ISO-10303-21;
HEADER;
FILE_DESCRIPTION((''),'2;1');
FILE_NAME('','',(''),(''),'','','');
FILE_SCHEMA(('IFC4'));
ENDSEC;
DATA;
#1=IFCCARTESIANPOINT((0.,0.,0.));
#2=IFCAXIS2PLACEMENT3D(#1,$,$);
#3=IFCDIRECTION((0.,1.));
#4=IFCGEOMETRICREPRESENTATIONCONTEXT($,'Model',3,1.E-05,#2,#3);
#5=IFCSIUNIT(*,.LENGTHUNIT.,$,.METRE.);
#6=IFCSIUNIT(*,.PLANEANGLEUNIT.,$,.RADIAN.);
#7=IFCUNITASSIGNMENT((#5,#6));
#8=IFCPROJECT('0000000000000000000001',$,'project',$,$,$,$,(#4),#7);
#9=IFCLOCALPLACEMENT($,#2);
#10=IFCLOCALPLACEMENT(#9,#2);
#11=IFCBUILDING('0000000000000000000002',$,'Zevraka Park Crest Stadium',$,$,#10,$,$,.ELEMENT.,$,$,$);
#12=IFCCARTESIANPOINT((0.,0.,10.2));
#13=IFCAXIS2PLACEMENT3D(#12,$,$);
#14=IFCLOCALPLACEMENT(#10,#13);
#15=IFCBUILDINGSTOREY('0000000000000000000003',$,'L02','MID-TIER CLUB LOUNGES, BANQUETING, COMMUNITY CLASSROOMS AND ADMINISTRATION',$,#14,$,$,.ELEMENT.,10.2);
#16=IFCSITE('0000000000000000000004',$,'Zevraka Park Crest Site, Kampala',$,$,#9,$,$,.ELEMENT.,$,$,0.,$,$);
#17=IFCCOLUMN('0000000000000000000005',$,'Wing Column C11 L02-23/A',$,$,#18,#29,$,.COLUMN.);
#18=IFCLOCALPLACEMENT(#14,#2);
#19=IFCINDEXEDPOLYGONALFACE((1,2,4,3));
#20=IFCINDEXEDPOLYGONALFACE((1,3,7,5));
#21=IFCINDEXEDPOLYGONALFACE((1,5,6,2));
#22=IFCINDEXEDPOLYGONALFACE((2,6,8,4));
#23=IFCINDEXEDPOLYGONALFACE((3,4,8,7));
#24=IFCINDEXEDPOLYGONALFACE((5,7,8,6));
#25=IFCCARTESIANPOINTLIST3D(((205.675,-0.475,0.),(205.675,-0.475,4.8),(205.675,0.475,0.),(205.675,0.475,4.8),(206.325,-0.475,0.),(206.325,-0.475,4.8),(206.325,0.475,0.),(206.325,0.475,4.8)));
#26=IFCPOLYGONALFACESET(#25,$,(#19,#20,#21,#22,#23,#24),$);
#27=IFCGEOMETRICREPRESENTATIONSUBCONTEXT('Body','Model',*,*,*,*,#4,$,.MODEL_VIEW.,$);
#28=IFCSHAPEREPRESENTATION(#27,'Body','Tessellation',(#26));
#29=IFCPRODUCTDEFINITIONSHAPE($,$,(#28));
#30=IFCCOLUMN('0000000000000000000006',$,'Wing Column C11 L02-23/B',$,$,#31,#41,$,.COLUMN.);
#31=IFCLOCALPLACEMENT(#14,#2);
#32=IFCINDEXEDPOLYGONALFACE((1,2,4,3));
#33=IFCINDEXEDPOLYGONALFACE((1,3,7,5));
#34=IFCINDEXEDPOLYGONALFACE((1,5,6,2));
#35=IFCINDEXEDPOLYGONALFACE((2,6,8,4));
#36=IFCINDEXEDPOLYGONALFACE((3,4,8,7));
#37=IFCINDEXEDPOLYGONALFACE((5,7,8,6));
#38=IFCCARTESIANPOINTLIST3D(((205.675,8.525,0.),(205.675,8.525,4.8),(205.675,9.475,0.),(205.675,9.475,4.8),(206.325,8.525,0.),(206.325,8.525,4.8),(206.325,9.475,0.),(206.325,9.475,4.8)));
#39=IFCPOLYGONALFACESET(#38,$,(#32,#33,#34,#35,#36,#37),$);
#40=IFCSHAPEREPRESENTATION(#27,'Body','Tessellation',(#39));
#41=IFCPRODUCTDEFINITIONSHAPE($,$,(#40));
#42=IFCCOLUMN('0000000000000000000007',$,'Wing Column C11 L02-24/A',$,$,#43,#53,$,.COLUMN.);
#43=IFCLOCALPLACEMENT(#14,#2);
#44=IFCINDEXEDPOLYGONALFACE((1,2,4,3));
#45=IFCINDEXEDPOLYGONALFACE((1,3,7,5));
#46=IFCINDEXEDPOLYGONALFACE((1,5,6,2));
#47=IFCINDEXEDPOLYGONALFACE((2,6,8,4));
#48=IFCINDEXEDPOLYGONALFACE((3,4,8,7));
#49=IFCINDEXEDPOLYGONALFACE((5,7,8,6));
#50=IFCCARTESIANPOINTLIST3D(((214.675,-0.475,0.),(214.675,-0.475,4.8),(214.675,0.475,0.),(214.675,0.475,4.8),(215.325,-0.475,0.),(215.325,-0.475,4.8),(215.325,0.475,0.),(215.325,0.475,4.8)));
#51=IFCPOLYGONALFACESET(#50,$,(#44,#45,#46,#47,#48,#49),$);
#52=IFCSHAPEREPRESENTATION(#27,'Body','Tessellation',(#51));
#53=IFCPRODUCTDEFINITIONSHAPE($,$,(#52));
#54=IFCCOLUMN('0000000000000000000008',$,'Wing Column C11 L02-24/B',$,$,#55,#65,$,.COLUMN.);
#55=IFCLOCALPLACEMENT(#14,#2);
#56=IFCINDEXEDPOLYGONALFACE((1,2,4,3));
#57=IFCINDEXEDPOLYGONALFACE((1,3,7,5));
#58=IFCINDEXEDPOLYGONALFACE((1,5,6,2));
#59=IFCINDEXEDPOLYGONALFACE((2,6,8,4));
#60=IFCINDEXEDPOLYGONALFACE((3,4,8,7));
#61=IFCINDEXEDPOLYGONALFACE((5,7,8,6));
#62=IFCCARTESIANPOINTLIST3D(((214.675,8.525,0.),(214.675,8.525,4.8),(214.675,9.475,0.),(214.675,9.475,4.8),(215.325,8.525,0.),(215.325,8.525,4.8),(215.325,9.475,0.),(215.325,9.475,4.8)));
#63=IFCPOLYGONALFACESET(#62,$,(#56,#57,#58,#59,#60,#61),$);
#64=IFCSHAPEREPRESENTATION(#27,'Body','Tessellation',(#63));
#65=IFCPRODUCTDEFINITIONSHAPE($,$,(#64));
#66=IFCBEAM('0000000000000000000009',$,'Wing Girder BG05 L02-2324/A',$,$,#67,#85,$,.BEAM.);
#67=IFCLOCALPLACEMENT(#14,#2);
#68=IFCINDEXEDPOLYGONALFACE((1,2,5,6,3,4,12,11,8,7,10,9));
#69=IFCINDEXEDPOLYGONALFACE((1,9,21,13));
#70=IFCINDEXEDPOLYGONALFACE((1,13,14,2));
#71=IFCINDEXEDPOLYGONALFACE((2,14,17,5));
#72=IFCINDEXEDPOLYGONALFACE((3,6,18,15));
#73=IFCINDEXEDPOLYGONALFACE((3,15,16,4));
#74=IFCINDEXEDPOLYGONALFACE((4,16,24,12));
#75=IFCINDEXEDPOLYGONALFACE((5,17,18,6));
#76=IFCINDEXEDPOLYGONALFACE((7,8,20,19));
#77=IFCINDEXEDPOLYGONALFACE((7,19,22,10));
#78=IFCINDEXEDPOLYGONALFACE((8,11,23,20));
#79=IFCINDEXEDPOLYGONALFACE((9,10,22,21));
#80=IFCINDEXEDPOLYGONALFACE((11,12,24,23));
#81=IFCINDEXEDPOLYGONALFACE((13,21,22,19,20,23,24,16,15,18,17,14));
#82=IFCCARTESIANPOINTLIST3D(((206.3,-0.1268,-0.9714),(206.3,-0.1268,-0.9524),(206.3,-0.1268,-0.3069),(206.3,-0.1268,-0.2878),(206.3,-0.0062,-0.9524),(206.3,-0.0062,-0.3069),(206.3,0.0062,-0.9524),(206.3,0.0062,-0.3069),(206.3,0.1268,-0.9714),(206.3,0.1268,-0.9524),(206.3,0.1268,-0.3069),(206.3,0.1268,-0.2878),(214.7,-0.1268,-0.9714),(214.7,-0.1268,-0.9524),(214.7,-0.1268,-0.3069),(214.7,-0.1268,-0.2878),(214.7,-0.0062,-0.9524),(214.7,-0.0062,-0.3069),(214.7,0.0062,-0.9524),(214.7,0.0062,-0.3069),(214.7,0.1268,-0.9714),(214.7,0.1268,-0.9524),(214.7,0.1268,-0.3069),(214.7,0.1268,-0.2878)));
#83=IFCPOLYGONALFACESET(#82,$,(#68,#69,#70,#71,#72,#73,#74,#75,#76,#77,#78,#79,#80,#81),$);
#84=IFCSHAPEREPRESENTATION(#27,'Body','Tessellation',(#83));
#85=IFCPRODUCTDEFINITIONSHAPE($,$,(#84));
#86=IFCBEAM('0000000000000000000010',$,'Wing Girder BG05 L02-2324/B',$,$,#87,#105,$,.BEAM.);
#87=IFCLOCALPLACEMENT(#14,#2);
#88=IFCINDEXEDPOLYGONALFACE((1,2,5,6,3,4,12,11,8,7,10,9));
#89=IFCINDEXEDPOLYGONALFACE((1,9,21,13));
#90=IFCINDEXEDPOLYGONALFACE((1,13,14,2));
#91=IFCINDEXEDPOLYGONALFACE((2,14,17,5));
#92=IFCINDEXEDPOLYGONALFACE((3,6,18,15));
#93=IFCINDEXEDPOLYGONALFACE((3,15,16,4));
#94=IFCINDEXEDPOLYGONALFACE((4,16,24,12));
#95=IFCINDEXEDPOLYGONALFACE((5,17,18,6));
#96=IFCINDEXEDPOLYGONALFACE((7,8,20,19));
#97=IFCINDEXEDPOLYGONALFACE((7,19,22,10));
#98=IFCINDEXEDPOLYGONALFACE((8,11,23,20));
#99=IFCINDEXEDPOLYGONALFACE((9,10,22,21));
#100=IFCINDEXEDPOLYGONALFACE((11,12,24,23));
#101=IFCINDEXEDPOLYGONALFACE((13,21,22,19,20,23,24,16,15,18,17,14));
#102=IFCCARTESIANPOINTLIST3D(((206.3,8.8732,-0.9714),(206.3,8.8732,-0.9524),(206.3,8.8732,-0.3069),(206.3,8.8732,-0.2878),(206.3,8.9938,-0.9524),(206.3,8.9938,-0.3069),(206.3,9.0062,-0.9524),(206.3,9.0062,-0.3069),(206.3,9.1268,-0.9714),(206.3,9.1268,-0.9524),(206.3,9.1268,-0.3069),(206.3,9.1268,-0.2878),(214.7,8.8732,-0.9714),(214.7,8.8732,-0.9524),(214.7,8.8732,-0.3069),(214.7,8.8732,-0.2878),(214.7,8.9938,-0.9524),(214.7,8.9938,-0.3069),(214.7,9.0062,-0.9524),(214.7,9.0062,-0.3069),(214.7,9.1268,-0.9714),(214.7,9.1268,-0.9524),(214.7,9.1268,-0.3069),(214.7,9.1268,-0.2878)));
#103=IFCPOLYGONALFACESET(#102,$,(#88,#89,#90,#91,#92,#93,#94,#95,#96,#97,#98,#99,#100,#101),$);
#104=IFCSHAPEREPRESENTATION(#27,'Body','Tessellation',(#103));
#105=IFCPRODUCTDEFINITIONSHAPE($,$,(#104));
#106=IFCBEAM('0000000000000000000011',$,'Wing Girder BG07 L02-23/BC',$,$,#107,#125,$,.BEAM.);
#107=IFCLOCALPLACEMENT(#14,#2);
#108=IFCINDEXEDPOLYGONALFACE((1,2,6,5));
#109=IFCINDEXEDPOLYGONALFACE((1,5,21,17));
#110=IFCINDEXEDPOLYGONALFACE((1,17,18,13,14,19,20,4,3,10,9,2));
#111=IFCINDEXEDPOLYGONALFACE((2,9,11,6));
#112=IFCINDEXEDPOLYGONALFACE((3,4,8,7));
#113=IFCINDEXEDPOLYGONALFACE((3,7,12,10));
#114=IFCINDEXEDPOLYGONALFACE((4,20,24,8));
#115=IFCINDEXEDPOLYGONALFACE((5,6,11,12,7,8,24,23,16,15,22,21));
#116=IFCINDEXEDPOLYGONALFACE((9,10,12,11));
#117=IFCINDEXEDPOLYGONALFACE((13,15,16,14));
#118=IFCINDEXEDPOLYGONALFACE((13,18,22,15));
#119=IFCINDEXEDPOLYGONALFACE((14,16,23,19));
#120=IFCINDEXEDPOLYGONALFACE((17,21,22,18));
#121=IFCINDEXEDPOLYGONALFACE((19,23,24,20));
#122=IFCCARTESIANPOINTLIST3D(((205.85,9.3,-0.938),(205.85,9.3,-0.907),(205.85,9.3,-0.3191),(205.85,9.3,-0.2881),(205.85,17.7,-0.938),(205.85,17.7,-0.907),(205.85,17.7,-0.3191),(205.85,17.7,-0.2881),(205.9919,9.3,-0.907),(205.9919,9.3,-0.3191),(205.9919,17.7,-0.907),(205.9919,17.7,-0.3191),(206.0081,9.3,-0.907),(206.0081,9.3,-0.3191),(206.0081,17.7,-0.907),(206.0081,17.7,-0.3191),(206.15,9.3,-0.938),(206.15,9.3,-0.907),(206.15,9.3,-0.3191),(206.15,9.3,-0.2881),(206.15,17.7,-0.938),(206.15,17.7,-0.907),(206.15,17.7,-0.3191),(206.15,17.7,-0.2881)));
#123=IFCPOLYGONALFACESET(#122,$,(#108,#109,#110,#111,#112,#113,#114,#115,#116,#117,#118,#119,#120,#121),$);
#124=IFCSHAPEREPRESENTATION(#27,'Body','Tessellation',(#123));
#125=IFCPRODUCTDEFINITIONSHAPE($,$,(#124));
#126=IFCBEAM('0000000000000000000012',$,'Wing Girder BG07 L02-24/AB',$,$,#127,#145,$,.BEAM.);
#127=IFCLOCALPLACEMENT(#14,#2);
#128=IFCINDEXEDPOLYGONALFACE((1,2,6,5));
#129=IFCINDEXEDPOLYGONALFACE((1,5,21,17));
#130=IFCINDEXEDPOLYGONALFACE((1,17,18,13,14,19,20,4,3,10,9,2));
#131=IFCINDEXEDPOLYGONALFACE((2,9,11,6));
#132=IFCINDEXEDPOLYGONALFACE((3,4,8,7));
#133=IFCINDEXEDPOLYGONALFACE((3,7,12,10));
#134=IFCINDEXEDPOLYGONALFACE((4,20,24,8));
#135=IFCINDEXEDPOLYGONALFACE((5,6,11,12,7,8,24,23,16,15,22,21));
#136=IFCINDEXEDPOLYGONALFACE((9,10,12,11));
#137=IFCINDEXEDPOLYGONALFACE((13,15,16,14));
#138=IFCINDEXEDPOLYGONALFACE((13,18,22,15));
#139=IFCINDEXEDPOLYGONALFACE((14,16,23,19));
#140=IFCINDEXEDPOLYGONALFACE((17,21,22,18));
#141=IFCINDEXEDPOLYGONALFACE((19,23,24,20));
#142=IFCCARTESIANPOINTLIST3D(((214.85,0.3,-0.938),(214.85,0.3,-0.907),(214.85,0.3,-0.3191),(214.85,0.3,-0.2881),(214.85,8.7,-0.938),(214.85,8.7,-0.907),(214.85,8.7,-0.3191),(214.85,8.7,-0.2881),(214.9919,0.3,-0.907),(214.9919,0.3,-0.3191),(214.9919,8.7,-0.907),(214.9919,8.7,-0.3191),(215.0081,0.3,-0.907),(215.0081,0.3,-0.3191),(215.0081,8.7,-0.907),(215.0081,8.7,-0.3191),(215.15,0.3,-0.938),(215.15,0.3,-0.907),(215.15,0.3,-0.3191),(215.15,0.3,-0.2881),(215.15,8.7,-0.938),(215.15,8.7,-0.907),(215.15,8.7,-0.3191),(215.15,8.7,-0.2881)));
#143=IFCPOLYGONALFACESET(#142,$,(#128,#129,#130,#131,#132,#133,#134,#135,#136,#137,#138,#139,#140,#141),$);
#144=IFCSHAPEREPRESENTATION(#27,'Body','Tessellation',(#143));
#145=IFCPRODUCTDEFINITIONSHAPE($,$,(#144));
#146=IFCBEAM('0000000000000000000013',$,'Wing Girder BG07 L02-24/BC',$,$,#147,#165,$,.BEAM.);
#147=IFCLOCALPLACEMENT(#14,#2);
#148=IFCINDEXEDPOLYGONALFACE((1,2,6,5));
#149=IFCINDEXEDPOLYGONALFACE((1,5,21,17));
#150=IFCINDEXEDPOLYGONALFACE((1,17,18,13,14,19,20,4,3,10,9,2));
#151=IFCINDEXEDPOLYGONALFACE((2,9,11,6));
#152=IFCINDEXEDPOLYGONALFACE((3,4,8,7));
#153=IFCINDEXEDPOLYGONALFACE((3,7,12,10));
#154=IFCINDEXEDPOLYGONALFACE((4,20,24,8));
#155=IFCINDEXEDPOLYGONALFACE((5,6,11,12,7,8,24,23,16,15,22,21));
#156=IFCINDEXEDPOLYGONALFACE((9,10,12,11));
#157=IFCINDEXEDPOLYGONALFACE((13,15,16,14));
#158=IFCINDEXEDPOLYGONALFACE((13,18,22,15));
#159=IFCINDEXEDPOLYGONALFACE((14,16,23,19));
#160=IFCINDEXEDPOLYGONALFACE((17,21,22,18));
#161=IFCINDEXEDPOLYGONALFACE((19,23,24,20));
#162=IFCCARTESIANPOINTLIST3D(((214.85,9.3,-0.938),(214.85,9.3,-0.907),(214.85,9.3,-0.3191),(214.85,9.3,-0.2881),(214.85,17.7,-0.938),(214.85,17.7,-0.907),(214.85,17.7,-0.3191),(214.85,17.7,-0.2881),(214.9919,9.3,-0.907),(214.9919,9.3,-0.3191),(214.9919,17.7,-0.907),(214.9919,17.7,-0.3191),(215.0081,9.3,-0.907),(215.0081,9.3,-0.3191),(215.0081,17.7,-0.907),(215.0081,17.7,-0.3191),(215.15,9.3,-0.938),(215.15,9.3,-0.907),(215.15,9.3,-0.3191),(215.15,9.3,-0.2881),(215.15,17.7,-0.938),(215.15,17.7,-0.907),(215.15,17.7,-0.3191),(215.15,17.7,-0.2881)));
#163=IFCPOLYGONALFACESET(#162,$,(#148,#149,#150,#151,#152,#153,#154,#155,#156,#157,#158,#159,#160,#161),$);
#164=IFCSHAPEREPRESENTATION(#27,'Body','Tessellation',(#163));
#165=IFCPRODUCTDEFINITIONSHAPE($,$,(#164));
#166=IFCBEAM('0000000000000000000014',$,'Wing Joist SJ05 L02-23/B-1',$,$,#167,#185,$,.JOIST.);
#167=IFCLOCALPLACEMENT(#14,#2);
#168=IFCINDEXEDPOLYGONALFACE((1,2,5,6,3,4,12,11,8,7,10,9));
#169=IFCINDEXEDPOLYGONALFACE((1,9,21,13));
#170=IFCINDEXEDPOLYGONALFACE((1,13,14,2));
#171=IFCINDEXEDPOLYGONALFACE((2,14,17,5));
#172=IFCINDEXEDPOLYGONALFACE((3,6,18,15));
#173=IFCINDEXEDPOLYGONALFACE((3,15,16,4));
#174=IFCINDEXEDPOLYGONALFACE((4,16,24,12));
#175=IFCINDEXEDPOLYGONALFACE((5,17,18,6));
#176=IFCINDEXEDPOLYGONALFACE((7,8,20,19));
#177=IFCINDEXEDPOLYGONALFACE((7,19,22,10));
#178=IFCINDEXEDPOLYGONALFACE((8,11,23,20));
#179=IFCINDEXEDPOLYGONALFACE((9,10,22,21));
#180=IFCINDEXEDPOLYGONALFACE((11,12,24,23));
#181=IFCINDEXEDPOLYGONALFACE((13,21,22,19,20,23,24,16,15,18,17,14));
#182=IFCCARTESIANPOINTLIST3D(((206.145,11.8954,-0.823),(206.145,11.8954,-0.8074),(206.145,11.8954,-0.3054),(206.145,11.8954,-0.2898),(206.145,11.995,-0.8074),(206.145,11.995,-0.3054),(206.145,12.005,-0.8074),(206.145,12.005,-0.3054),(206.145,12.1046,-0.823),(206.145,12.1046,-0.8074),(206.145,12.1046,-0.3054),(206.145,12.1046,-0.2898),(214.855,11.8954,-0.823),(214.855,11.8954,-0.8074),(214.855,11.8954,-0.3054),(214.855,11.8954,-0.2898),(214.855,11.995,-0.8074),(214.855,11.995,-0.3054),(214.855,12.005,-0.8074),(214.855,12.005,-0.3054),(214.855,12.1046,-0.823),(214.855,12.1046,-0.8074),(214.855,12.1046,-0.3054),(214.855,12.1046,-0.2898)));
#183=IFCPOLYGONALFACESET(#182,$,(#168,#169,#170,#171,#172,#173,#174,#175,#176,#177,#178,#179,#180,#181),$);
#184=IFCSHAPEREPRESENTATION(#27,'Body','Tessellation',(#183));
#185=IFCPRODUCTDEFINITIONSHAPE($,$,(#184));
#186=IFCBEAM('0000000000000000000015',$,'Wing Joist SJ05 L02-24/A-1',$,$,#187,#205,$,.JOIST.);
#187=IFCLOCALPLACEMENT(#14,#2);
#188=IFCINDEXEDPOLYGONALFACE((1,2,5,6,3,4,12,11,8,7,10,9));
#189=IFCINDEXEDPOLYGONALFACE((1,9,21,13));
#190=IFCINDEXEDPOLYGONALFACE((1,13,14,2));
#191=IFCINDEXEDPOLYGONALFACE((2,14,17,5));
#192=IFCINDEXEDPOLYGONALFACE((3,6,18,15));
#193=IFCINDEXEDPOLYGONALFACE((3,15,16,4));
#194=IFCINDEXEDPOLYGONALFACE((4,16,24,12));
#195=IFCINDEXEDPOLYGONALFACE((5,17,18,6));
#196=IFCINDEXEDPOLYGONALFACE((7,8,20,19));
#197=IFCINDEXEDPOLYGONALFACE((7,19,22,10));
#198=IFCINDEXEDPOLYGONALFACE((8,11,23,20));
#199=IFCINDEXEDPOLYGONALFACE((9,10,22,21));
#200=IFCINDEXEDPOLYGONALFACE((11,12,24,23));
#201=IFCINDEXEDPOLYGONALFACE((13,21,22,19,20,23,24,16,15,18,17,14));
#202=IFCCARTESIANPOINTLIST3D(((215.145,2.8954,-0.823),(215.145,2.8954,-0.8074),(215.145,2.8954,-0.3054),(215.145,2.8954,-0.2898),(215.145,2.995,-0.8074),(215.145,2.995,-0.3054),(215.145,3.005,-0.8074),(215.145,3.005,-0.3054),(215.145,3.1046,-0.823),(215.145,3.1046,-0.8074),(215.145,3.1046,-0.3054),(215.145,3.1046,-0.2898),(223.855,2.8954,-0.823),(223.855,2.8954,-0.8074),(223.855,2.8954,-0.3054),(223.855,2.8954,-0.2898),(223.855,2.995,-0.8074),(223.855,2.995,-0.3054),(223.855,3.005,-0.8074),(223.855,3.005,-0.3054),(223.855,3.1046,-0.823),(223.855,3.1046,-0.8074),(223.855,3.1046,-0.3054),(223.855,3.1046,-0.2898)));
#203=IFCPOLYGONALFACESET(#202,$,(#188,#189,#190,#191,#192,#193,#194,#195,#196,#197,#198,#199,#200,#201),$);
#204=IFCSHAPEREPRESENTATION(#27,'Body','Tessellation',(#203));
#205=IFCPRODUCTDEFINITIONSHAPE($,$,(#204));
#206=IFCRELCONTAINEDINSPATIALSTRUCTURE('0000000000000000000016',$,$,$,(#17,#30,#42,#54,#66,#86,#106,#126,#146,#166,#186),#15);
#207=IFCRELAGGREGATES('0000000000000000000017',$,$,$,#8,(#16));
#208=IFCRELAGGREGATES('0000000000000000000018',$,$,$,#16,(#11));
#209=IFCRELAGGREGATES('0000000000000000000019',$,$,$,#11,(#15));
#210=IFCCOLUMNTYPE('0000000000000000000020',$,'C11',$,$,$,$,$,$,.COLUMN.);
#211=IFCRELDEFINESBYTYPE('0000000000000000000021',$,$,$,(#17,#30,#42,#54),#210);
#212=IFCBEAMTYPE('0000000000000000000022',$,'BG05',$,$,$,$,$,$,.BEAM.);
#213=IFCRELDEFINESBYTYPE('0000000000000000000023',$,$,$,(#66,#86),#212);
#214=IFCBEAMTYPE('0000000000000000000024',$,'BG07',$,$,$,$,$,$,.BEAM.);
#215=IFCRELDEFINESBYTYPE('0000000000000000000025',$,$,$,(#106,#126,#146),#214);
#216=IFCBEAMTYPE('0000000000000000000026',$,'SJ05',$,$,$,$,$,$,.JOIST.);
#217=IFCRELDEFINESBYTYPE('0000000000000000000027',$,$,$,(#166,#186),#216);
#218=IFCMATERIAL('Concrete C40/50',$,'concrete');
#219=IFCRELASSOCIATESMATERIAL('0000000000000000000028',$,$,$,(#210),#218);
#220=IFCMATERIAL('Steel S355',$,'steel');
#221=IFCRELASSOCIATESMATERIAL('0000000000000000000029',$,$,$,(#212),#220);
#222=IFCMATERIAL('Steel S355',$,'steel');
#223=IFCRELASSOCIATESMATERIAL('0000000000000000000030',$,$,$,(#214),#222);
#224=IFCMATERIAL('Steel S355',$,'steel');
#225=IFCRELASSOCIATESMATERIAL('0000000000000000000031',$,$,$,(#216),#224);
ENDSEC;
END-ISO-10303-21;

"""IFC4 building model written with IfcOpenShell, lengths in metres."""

from ifc_helpers import new_model, si_unit, direction, frame, origin, origin_2d, place, context, subcontext, project, spatial, rectangle, i_section, extrude, material, material_profile, profile_set, type_object, element, save


model = new_model("IFC4")

# Units and contexts
model_context = context("Model", 3, precision=1e-05, world=origin(), true_north=direction((0.0, 1.0)))
body_context = subcontext(model_context, "Body", "Model", "MODEL_VIEW")
ifc_project = project(units=[si_unit("LENGTHUNIT", "METRE"), si_unit("PLANEANGLEUNIT", "RADIAN")], contexts=[model_context])

# Site, building, storey
site_placement = place(None, origin())
site = spatial("IfcSite", under=ifc_project, at=site_placement, Name="Zevraka Park Crest Site, Kampala", CompositionType="ELEMENT", RefElevation=0.0)
building_placement = place(site_placement, origin())
building = spatial("IfcBuilding", under=site, at=building_placement, Name="Zevraka Park Crest Stadium", CompositionType="ELEMENT")
storey_placement = place(building_placement, frame((0.0, 0.0, 10.2)))
storey = spatial("IfcBuildingStorey", under=building, at=storey_placement, Name="L02", Description="MID-TIER CLUB LOUNGES, BANQUETING, COMMUNITY CLASSROOMS AND ADMINISTRATION", CompositionType="ELEMENT", Elevation=10.2)

# Columns
ifc_material_1 = material(Name="Concrete C40/50", Category="concrete")
ifc_material_profile_1 = material_profile(ifc_material_1, rectangle(XDim=0.6499, YDim=0.95, at=origin_2d()), Name="RC 950x650")
ifc_profile_set_1 = profile_set([ifc_material_profile_1], Name="Concrete C40/50")
column_type = type_object("IfcColumnType", Name="C11", PredefinedType="COLUMN", material=ifc_profile_set_1)
for number, where, z_axis, x_axis, name in (
    (1, (206.0, 0.0, 0.0), (0.0, 0.0, 1.0), (1.0, 0.0, 0.0), "Wing Column C11 L02-23/A"),
    (2, (206.0, 9.0, 0.0), (0.0, 0.0, 1.0), (1.0, 0.0, 0.0), "Wing Column C11 L02-23/B"),
    (3, (215.0, 0.0, 0.0), (0.0, 0.0, 1.0), (1.0, 0.0, 0.0), "Wing Column C11 L02-24/A"),
    (4, (215.0, 9.0, 0.0), (0.0, 0.0, 1.0), (1.0, 0.0, 0.0), "Wing Column C11 L02-24/B"),
):
    element("IfcColumn", number, at=place(storey_placement, frame(where, z_axis=z_axis, x_axis=x_axis)), inside=storey, type_object=column_type, Name=name, PredefinedType="COLUMN", context=body_context, shape_type="SweptSolid", body=[
        extrude(rectangle(XDim=0.6499, YDim=0.95, at=origin_2d()), origin(), (0.0, 0.0, 1.0), 4.8),
    ])

# Beams
ifc_material_2 = material(Name="Steel S355", Category="steel")
ifc_material_profile_2 = material_profile(ifc_material_2, i_section(OverallWidth=0.2537, OverallDepth=0.6836, WebThickness=0.0125, FlangeThickness=0.019, at=origin_2d()), Name="UKB 686x254x140")
ifc_profile_set_2 = profile_set([ifc_material_profile_2], Name="Steel S355")
beam_type_1 = type_object("IfcBeamType", Name="BG05", PredefinedType="BEAM", material=ifc_profile_set_2)
for number, where, z_axis, x_axis, name in (
    (5, (206.3, 0.0, -0.6296), (1.0, 0.0, 0.0), (0.0, 1.0, 0.0), "Wing Girder BG05 L02-2324/A"),
    (6, (206.3, 9.0, -0.6296), (1.0, 0.0, 0.0), (0.0, 1.0, 0.0), "Wing Girder BG05 L02-2324/B"),
):
    element("IfcBeam", number, at=place(storey_placement, frame(where, z_axis=z_axis, x_axis=x_axis)), inside=storey, type_object=beam_type_1, Name=name, PredefinedType="BEAM", context=body_context, shape_type="SweptSolid", body=[
        extrude(i_section(OverallWidth=0.2537, OverallDepth=0.6836, WebThickness=0.0125, FlangeThickness=0.019, at=origin_2d()), origin(), (0.0, 0.0, 1.0), 8.3999),
    ])
ifc_material_3 = material(Name="Steel S355", Category="steel")
ifc_material_profile_3 = material_profile(ifc_material_3, i_section(OverallWidth=0.3, OverallDepth=0.6499, WebThickness=0.0161, FlangeThickness=0.031, at=origin_2d()), Name="HEB 650")
ifc_profile_set_3 = profile_set([ifc_material_profile_3], Name="Steel S355")
beam_type_2 = type_object("IfcBeamType", Name="BG07", PredefinedType="BEAM", material=ifc_profile_set_3)
for number, where, z_axis, x_axis, name in (
    (7, (206.0, 9.3, -0.613), (0.0, 1.0, 0.0), (-1.0, 0.0, 0.0), "Wing Girder BG07 L02-23/BC"),
    (8, (215.0, 0.3, -0.613), (0.0, 1.0, 0.0), (-1.0, 0.0, 0.0), "Wing Girder BG07 L02-24/AB"),
    (9, (215.0, 9.3, -0.613), (0.0, 1.0, 0.0), (-1.0, 0.0, 0.0), "Wing Girder BG07 L02-24/BC"),
):
    element("IfcBeam", number, at=place(storey_placement, frame(where, z_axis=z_axis, x_axis=x_axis)), inside=storey, type_object=beam_type_2, Name=name, PredefinedType="BEAM", context=body_context, shape_type="SweptSolid", body=[
        extrude(i_section(OverallWidth=0.3, OverallDepth=0.6499, WebThickness=0.0161, FlangeThickness=0.031, at=origin_2d()), origin(), (0.0, 0.0, 1.0), 8.3999),
    ])
ifc_material_4 = material(Name="Steel S355", Category="steel")
ifc_material_profile_4 = material_profile(ifc_material_4, i_section(OverallWidth=0.2092, OverallDepth=0.5332, WebThickness=0.01, FlangeThickness=0.0156, at=origin_2d()), Name="UKB 533x210x92")
ifc_profile_set_4 = profile_set([ifc_material_profile_4], Name="Steel S355")
beam_type_3 = type_object("IfcBeamType", Name="SJ05", PredefinedType="JOIST", material=ifc_profile_set_4)
for number, where, z_axis, x_axis, name in (
    (10, (206.145, 12.0, -0.5564), (1.0, 0.0, 0.0), (0.0, 1.0, 0.0), "Wing Joist SJ05 L02-23/B-1"),
    (11, (215.145, 3.0, -0.5564), (1.0, 0.0, 0.0), (0.0, 1.0, 0.0), "Wing Joist SJ05 L02-24/A-1"),
):
    element("IfcBeam", number, at=place(storey_placement, frame(where, z_axis=z_axis, x_axis=x_axis)), inside=storey, type_object=beam_type_3, Name=name, PredefinedType="JOIST", context=body_context, shape_type="SweptSolid", body=[
        extrude(i_section(OverallWidth=0.2092, OverallDepth=0.5332, WebThickness=0.01, FlangeThickness=0.0156, at=origin_2d()), origin(), (0.0, 0.0, 1.0), 8.71),
    ])

save(model, "model.ifc")
